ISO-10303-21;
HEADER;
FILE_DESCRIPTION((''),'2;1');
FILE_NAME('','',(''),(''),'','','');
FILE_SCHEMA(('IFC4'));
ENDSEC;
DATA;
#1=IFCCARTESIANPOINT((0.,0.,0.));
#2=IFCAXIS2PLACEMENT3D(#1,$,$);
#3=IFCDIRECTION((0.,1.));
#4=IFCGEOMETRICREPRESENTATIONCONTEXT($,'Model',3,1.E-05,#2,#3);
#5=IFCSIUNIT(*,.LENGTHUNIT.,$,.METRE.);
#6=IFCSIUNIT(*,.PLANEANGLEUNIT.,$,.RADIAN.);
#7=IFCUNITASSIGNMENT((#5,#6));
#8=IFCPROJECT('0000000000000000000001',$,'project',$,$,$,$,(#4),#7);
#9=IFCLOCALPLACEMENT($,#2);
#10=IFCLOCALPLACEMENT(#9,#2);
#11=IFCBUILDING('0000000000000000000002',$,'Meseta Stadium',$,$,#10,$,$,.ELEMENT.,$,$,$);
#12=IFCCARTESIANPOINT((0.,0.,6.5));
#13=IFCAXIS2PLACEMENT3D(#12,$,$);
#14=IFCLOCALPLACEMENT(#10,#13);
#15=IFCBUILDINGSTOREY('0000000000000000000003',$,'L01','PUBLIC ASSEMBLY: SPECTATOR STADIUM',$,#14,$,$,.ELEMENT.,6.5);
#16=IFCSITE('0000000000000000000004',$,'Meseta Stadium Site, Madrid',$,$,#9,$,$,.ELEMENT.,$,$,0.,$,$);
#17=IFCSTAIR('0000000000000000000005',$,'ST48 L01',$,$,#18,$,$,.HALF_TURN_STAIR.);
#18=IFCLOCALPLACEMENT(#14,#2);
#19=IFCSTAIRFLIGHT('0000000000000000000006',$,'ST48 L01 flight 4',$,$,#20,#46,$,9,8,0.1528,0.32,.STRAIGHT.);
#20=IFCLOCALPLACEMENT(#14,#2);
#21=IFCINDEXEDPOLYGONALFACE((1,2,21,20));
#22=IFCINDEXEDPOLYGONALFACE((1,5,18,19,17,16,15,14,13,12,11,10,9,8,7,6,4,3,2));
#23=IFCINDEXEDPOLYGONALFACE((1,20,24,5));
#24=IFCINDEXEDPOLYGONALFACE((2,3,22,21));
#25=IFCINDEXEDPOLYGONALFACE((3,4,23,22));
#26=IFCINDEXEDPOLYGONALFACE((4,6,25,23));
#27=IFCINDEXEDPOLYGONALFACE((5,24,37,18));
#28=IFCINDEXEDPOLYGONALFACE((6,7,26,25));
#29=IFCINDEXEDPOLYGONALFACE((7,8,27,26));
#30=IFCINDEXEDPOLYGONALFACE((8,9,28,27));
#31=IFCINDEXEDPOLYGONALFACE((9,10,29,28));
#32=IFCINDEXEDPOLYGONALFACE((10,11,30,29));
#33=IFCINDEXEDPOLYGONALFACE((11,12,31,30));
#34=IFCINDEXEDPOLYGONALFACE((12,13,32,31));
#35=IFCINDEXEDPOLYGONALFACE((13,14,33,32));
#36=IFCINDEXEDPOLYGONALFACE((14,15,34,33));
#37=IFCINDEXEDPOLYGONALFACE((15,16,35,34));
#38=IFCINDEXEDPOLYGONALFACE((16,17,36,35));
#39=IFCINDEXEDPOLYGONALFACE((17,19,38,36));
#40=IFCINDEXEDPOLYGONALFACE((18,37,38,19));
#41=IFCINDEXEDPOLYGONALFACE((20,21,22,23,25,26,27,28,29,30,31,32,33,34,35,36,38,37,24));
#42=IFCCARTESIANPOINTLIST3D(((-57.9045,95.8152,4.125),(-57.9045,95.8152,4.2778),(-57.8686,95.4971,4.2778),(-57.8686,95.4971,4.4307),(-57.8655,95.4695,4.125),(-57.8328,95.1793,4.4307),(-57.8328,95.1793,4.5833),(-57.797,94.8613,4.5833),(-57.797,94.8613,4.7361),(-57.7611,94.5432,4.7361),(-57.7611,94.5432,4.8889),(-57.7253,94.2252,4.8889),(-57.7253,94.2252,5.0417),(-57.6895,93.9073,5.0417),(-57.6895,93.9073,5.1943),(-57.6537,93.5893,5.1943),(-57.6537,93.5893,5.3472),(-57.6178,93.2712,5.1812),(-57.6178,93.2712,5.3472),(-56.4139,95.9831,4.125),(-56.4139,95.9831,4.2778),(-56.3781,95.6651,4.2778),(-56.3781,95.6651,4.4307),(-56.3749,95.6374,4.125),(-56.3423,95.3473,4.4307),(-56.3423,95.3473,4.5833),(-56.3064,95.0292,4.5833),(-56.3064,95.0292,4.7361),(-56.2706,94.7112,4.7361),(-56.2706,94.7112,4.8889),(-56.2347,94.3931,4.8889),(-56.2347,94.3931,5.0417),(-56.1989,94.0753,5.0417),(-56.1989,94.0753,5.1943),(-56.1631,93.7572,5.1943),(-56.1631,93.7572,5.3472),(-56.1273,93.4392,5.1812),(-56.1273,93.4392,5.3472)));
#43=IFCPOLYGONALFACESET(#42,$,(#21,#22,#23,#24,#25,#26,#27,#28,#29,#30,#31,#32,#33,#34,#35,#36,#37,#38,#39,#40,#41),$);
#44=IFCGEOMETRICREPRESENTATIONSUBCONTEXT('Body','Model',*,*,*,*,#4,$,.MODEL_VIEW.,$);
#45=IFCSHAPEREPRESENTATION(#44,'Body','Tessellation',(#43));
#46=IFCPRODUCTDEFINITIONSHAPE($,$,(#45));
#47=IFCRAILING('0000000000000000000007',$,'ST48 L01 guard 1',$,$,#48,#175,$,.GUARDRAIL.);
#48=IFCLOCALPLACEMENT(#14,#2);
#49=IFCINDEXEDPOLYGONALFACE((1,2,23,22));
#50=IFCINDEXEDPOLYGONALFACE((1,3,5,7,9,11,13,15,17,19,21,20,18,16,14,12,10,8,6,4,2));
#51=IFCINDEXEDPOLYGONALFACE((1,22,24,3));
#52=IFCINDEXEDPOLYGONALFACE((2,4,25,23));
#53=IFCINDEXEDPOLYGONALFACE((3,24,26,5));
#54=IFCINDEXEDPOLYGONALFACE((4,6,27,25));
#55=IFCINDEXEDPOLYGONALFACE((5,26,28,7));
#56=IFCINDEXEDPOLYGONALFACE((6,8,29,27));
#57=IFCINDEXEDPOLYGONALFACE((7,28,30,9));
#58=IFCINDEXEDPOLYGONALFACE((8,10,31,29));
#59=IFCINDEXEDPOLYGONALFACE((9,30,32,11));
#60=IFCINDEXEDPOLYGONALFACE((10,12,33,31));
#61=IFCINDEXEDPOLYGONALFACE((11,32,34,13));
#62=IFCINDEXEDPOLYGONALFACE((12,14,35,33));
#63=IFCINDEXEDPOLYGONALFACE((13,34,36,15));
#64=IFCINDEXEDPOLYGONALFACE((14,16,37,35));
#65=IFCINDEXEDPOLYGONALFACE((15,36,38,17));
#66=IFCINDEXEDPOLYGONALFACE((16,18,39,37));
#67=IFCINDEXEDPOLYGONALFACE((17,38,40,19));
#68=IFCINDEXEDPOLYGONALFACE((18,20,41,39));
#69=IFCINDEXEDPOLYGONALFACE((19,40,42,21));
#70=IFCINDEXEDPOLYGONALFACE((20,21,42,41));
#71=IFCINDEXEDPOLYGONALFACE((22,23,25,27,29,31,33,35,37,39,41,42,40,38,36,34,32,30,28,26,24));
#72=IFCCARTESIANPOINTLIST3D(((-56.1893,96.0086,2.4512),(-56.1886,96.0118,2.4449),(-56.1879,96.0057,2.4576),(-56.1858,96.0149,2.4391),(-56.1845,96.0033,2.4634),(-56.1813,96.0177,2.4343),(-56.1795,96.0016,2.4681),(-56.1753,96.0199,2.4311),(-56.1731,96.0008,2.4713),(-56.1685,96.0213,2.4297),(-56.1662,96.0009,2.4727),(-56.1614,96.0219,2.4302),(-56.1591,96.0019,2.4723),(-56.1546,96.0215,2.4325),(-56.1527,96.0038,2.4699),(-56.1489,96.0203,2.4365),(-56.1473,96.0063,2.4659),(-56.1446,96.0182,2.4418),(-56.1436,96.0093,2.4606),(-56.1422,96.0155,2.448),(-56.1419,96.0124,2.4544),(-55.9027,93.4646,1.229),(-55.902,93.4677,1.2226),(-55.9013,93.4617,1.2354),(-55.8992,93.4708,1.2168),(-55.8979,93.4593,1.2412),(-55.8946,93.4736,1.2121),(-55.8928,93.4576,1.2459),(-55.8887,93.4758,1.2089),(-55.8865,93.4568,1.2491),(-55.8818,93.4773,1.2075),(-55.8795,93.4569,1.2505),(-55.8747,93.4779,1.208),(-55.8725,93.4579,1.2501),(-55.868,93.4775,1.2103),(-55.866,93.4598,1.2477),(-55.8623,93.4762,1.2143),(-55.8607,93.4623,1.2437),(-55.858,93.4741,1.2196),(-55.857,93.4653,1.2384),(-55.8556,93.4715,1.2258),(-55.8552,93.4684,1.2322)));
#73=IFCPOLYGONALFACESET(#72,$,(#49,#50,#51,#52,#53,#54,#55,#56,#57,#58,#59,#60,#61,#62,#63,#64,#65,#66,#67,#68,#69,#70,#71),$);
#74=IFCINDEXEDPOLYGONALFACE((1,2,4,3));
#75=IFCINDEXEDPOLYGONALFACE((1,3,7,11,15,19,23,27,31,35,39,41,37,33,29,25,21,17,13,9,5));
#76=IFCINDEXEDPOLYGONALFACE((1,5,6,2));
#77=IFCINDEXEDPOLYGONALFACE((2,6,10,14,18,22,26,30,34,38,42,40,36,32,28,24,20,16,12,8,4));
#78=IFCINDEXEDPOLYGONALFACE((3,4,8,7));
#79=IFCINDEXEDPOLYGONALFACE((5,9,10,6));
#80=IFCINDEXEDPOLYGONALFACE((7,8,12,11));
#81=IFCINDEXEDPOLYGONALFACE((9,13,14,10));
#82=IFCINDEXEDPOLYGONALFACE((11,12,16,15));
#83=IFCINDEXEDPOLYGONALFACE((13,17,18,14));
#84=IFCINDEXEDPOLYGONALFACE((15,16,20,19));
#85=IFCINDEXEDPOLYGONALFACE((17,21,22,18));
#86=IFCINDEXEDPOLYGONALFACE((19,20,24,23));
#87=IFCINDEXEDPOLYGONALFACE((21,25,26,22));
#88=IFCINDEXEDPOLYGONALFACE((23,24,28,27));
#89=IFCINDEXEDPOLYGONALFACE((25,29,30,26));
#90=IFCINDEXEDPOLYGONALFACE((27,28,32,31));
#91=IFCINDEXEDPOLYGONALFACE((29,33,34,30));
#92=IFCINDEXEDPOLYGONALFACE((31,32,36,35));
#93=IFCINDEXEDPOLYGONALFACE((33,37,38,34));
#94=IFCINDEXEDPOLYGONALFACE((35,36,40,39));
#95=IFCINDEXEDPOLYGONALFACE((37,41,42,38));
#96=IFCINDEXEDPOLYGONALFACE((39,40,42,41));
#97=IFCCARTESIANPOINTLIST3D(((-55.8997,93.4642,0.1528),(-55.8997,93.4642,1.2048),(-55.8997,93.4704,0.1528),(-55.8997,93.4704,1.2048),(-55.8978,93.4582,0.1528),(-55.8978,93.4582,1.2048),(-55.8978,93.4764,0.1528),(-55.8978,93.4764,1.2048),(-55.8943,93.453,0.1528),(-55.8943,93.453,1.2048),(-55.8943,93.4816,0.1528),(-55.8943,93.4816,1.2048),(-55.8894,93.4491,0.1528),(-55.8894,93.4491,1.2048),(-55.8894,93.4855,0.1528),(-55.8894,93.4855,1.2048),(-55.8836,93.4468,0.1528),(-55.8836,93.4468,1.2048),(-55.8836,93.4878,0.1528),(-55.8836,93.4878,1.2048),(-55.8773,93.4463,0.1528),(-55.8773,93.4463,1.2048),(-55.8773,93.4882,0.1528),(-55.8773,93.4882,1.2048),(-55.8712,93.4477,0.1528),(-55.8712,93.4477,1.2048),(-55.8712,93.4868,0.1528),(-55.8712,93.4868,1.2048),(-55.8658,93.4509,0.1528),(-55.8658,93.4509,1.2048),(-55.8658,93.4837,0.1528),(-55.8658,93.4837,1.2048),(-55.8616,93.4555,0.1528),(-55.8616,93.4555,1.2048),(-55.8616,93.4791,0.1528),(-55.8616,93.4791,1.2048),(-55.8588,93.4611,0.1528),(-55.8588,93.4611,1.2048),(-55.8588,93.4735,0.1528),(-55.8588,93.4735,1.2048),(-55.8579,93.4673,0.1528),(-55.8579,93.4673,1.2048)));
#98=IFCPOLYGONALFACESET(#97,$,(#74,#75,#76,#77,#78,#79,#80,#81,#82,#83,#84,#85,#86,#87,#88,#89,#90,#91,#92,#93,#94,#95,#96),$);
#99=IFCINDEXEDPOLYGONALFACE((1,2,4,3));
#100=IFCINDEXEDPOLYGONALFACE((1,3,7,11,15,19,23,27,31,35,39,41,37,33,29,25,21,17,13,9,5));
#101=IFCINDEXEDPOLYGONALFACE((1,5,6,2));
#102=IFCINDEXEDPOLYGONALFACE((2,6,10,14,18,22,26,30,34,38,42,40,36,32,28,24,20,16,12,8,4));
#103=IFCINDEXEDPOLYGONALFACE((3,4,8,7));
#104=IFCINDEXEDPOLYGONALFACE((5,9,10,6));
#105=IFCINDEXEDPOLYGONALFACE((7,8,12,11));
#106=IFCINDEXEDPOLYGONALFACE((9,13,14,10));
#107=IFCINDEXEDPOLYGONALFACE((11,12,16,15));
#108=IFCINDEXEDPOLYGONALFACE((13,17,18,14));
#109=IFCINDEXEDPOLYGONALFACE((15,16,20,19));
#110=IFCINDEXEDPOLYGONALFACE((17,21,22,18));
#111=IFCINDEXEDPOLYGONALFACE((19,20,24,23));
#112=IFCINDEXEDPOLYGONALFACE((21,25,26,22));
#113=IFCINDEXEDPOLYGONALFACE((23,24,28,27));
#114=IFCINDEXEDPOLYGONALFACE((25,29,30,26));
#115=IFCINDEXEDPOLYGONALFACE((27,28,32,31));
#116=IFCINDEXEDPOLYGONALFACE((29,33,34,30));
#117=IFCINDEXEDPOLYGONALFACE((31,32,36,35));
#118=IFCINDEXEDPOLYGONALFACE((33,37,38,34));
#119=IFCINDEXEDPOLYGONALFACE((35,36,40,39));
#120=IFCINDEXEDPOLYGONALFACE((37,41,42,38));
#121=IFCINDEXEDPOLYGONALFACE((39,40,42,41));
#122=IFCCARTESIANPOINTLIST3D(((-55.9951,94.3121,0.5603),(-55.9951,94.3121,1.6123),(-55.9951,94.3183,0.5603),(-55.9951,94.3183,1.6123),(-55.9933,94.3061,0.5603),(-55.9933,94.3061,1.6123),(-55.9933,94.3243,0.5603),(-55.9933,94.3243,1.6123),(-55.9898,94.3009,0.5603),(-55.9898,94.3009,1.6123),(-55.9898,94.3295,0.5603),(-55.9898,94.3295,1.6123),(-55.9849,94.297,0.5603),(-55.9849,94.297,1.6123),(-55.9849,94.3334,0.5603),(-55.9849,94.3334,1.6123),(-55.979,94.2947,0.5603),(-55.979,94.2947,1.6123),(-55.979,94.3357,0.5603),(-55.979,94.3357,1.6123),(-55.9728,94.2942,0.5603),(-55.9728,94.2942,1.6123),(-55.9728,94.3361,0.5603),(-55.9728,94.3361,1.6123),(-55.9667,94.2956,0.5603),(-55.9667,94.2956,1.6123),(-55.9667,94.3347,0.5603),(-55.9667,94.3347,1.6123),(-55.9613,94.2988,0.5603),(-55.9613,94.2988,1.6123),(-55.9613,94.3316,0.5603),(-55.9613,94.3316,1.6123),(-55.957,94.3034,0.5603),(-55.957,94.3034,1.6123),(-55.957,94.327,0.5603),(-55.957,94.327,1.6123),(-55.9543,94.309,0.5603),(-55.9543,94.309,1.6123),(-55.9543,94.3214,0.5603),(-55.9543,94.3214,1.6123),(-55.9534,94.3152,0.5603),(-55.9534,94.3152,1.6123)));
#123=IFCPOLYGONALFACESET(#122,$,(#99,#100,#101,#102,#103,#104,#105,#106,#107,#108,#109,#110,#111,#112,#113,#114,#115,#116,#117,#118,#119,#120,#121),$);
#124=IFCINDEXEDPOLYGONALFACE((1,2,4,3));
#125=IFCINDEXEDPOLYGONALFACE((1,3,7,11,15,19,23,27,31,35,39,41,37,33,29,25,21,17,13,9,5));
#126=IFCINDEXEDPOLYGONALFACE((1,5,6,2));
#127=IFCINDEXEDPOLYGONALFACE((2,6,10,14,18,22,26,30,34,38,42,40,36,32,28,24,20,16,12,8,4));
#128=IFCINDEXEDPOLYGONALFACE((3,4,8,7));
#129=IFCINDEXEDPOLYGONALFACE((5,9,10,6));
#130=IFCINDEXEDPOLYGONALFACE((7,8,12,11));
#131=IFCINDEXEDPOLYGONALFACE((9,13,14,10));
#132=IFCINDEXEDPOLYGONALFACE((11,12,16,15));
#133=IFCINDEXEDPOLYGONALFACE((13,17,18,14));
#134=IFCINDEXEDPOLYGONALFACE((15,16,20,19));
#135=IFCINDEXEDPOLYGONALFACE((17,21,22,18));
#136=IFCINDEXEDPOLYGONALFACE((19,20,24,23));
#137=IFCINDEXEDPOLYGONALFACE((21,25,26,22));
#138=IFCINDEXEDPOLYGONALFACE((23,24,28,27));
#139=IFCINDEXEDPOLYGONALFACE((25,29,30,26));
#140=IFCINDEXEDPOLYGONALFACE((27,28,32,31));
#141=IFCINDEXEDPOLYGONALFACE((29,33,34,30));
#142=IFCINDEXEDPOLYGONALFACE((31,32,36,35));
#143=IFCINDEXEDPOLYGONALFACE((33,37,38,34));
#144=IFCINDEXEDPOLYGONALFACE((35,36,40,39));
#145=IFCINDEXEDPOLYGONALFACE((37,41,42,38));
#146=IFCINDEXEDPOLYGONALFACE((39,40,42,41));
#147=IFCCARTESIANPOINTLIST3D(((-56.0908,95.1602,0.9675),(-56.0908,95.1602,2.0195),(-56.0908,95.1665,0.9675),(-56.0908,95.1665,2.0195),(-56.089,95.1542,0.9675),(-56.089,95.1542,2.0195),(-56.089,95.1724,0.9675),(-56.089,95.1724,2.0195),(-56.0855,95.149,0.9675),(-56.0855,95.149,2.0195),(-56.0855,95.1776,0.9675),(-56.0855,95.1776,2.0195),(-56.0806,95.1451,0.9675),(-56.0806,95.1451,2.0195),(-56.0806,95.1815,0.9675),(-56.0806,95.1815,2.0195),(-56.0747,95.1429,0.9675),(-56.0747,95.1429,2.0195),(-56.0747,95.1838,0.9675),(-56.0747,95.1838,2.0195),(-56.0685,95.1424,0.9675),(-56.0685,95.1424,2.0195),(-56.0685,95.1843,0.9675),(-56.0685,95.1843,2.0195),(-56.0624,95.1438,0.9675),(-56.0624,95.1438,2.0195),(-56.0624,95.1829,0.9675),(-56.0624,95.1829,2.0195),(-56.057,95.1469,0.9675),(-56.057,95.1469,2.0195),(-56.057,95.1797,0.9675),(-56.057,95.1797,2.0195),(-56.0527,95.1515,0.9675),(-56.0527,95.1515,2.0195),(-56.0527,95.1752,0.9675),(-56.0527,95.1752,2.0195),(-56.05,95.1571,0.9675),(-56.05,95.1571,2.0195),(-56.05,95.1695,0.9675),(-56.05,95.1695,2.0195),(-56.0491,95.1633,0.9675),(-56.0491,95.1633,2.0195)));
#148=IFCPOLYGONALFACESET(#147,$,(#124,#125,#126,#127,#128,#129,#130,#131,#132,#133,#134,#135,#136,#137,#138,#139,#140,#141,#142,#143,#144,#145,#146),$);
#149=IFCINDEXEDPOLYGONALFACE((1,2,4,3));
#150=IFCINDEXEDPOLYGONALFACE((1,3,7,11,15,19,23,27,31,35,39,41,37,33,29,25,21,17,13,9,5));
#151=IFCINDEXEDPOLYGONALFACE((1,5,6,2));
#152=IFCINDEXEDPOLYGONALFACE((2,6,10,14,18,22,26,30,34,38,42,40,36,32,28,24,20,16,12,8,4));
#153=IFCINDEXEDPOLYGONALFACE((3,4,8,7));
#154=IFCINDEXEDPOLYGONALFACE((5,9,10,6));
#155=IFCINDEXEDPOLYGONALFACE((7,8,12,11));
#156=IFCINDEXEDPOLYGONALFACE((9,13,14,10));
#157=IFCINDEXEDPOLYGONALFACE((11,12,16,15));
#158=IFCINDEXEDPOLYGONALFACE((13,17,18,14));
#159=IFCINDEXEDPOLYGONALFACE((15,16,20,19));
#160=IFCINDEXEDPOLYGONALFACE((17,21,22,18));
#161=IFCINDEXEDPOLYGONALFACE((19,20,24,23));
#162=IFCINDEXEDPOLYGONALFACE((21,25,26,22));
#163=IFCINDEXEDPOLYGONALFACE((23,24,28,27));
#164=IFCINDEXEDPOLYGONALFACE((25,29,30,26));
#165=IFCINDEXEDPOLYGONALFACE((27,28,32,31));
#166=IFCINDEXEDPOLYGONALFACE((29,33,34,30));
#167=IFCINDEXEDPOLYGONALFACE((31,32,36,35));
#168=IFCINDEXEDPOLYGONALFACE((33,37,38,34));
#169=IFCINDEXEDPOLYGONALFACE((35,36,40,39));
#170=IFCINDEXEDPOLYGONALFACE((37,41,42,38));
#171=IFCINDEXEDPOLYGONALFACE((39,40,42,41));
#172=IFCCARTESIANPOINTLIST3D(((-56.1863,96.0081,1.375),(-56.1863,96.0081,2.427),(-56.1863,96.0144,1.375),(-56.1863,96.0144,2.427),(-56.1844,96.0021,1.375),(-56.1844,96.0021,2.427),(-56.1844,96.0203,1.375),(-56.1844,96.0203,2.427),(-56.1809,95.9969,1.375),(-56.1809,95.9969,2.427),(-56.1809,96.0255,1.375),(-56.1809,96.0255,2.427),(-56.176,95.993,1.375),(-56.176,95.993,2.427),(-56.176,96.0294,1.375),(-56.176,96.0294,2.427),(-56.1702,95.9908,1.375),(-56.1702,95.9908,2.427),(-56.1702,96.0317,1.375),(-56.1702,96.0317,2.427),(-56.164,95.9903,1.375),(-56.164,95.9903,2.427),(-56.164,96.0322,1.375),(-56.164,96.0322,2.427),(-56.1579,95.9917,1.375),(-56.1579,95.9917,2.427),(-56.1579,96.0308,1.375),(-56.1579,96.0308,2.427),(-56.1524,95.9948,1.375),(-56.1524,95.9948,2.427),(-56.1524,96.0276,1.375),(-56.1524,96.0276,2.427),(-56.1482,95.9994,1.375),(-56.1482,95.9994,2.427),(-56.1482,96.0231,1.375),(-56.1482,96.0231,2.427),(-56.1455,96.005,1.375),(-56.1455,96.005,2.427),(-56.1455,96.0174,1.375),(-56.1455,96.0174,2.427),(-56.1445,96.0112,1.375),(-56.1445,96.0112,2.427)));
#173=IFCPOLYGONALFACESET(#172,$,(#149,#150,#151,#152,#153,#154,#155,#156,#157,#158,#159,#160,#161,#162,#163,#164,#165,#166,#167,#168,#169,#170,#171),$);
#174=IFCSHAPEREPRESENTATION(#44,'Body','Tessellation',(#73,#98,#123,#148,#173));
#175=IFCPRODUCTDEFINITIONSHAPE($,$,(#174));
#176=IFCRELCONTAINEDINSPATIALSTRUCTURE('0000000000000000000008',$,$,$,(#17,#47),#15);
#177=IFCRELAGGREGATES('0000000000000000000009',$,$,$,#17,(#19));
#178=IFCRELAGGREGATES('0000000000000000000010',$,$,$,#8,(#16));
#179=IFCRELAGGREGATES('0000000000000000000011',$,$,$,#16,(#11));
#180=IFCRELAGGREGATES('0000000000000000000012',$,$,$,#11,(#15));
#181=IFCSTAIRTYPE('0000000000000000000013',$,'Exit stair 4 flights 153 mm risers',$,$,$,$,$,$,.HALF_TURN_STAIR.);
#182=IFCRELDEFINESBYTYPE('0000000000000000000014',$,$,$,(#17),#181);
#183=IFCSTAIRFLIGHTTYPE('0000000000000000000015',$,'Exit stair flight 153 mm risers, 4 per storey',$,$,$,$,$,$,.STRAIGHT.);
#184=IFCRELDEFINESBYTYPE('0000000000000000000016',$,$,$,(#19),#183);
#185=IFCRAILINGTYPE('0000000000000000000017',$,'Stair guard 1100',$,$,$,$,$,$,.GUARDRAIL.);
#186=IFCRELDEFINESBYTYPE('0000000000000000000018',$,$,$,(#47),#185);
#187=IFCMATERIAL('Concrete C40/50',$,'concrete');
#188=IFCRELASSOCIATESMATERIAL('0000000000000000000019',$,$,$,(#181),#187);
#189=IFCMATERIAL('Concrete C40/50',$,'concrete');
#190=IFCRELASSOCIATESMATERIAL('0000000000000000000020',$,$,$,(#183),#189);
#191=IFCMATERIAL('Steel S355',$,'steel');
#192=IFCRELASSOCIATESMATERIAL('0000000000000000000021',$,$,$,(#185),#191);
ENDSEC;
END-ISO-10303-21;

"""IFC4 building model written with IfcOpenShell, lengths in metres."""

from ifc_helpers import new_model, si_unit, direction, frame, origin, origin_2d, place, context, subcontext, project, spatial, polyline, circle, outline, extrude, material, type_object, element, aggregate, save


model = new_model("IFC4")

# Units and contexts
model_context = context("Model", 3, precision=1e-05, world=origin(), true_north=direction((0.0, 1.0)))
body_context = subcontext(model_context, "Body", "Model", "MODEL_VIEW")
ifc_project = project(units=[si_unit("LENGTHUNIT", "METRE"), si_unit("PLANEANGLEUNIT", "RADIAN")], contexts=[model_context])

# Site, building, storey
site_placement = place(None, origin())
site = spatial("IfcSite", under=ifc_project, at=site_placement, Name="Meseta Stadium Site, Madrid", CompositionType="ELEMENT", RefElevation=0.0)
building_placement = place(site_placement, origin())
building = spatial("IfcBuilding", under=site, at=building_placement, Name="Meseta Stadium", CompositionType="ELEMENT")
storey_placement = place(building_placement, frame((0.0, 0.0, 6.5)))
storey = spatial("IfcBuildingStorey", under=building, at=storey_placement, Name="L01", Description="PUBLIC ASSEMBLY: SPECTATOR STADIUM", CompositionType="ELEMENT", Elevation=6.5)

# Stair, stair flight
ifc_material_1 = material(Name="Concrete C40/50", Category="concrete")
stair_type = type_object("IfcStairType", Name="Exit stair 4 flights 153 mm risers", PredefinedType="HALF_TURN_STAIR", material=ifc_material_1)
stair_placement = place(storey_placement, origin())
stair = element("IfcStair", 1, at=stair_placement, inside=storey, type_object=stair_type, Name="ST48 L01", PredefinedType="HALF_TURN_STAIR")
ifc_material_2 = material(Name="Concrete C40/50", Category="concrete")
stair_flight_type = type_object("IfcStairFlightType", Name="Exit stair flight 153 mm risers, 4 per storey", PredefinedType="STRAIGHT", material=ifc_material_2)
stair_flight_1_placement = place(storey_placement, frame((-57.1592, 95.8992, 4.125), z_axis=(0.0, 0.0, 1.0), x_axis=(0.111964, -0.993712, 0.0)))
stair_flight_1 = element("IfcStairFlight", 2, at=stair_flight_1_placement, type_object=stair_flight_type, Name="ST48 L01 flight 4", NumberOfRisers=9, NumberOfTreads=8, PredefinedType="STRAIGHT", RiserHeight=0.1528, TreadLength=0.32, context=body_context, shape_type="SweptSolid", body=[
    extrude(outline(polyline([(0.0, 0.0), (0.0, 0.1528), (0.3201, 0.1528), (0.3201, 0.3057), (0.6399, 0.3057), (0.6399, 0.4583), (0.96, 0.4583), (0.96, 0.6111), (1.28, 0.6111), (1.28, 0.7639), (1.6001, 0.7639), (1.6001, 0.9167), (1.9199, 0.9167), (1.9199, 1.0693), (2.24, 1.0693), (2.24, 1.2222), (2.5601, 1.2222), (2.5601, 1.0562), (0.3479, 0.0), (0.0, 0.0)])), frame((0.0, 0.75, 0.0), z_axis=(0.0, -1.0, 0.0), x_axis=(1.0, 0.0, 0.0)), (0.0, 0.0, 1.0), 1.5),
])
aggregate(stair, [stair_flight_1])

# Railing
ifc_material_3 = material(Name="Steel S355", Category="steel")
railing_type_1 = type_object("IfcRailingType", Name="Stair guard 1100", PredefinedType="GUARDRAIL", material=ifc_material_3)
railing_1_placement = place(storey_placement, frame((-55.8789, 93.4673, 0.1528)))
element("IfcRailing", 3, at=railing_1_placement, inside=storey, type_object=railing_type_1, Name="ST48 L01 guard 1", PredefinedType="GUARDRAIL", context=body_context, shape_type="SweptSolid", body=[
    extrude(circle(Radius=0.0239, at=origin_2d()), frame((0.0, 0.0, 1.0762), z_axis=(-0.101036, 0.896762, 0.430824), x_axis=(-0.993713, -0.11196, 0.0)), (0.0, 0.0, 1.0), 2.8369),
    extrude(circle(Radius=0.021, at=origin_2d()), origin(), (0.0, 0.0, 1.0), 1.052),
    extrude(circle(Radius=0.021, at=origin_2d()), frame((-0.0955, 0.8479, 0.4075)), (0.0, 0.0, 1.0), 1.052),
    extrude(circle(Radius=0.021, at=origin_2d()), frame((-0.1912, 1.696, 0.8147)), (0.0, 0.0, 1.0), 1.052),
    extrude(circle(Radius=0.021, at=origin_2d()), frame((-0.2866, 2.5439, 1.2222)), (0.0, 0.0, 1.0), 1.052),
])

save(model, "model.ifc")
